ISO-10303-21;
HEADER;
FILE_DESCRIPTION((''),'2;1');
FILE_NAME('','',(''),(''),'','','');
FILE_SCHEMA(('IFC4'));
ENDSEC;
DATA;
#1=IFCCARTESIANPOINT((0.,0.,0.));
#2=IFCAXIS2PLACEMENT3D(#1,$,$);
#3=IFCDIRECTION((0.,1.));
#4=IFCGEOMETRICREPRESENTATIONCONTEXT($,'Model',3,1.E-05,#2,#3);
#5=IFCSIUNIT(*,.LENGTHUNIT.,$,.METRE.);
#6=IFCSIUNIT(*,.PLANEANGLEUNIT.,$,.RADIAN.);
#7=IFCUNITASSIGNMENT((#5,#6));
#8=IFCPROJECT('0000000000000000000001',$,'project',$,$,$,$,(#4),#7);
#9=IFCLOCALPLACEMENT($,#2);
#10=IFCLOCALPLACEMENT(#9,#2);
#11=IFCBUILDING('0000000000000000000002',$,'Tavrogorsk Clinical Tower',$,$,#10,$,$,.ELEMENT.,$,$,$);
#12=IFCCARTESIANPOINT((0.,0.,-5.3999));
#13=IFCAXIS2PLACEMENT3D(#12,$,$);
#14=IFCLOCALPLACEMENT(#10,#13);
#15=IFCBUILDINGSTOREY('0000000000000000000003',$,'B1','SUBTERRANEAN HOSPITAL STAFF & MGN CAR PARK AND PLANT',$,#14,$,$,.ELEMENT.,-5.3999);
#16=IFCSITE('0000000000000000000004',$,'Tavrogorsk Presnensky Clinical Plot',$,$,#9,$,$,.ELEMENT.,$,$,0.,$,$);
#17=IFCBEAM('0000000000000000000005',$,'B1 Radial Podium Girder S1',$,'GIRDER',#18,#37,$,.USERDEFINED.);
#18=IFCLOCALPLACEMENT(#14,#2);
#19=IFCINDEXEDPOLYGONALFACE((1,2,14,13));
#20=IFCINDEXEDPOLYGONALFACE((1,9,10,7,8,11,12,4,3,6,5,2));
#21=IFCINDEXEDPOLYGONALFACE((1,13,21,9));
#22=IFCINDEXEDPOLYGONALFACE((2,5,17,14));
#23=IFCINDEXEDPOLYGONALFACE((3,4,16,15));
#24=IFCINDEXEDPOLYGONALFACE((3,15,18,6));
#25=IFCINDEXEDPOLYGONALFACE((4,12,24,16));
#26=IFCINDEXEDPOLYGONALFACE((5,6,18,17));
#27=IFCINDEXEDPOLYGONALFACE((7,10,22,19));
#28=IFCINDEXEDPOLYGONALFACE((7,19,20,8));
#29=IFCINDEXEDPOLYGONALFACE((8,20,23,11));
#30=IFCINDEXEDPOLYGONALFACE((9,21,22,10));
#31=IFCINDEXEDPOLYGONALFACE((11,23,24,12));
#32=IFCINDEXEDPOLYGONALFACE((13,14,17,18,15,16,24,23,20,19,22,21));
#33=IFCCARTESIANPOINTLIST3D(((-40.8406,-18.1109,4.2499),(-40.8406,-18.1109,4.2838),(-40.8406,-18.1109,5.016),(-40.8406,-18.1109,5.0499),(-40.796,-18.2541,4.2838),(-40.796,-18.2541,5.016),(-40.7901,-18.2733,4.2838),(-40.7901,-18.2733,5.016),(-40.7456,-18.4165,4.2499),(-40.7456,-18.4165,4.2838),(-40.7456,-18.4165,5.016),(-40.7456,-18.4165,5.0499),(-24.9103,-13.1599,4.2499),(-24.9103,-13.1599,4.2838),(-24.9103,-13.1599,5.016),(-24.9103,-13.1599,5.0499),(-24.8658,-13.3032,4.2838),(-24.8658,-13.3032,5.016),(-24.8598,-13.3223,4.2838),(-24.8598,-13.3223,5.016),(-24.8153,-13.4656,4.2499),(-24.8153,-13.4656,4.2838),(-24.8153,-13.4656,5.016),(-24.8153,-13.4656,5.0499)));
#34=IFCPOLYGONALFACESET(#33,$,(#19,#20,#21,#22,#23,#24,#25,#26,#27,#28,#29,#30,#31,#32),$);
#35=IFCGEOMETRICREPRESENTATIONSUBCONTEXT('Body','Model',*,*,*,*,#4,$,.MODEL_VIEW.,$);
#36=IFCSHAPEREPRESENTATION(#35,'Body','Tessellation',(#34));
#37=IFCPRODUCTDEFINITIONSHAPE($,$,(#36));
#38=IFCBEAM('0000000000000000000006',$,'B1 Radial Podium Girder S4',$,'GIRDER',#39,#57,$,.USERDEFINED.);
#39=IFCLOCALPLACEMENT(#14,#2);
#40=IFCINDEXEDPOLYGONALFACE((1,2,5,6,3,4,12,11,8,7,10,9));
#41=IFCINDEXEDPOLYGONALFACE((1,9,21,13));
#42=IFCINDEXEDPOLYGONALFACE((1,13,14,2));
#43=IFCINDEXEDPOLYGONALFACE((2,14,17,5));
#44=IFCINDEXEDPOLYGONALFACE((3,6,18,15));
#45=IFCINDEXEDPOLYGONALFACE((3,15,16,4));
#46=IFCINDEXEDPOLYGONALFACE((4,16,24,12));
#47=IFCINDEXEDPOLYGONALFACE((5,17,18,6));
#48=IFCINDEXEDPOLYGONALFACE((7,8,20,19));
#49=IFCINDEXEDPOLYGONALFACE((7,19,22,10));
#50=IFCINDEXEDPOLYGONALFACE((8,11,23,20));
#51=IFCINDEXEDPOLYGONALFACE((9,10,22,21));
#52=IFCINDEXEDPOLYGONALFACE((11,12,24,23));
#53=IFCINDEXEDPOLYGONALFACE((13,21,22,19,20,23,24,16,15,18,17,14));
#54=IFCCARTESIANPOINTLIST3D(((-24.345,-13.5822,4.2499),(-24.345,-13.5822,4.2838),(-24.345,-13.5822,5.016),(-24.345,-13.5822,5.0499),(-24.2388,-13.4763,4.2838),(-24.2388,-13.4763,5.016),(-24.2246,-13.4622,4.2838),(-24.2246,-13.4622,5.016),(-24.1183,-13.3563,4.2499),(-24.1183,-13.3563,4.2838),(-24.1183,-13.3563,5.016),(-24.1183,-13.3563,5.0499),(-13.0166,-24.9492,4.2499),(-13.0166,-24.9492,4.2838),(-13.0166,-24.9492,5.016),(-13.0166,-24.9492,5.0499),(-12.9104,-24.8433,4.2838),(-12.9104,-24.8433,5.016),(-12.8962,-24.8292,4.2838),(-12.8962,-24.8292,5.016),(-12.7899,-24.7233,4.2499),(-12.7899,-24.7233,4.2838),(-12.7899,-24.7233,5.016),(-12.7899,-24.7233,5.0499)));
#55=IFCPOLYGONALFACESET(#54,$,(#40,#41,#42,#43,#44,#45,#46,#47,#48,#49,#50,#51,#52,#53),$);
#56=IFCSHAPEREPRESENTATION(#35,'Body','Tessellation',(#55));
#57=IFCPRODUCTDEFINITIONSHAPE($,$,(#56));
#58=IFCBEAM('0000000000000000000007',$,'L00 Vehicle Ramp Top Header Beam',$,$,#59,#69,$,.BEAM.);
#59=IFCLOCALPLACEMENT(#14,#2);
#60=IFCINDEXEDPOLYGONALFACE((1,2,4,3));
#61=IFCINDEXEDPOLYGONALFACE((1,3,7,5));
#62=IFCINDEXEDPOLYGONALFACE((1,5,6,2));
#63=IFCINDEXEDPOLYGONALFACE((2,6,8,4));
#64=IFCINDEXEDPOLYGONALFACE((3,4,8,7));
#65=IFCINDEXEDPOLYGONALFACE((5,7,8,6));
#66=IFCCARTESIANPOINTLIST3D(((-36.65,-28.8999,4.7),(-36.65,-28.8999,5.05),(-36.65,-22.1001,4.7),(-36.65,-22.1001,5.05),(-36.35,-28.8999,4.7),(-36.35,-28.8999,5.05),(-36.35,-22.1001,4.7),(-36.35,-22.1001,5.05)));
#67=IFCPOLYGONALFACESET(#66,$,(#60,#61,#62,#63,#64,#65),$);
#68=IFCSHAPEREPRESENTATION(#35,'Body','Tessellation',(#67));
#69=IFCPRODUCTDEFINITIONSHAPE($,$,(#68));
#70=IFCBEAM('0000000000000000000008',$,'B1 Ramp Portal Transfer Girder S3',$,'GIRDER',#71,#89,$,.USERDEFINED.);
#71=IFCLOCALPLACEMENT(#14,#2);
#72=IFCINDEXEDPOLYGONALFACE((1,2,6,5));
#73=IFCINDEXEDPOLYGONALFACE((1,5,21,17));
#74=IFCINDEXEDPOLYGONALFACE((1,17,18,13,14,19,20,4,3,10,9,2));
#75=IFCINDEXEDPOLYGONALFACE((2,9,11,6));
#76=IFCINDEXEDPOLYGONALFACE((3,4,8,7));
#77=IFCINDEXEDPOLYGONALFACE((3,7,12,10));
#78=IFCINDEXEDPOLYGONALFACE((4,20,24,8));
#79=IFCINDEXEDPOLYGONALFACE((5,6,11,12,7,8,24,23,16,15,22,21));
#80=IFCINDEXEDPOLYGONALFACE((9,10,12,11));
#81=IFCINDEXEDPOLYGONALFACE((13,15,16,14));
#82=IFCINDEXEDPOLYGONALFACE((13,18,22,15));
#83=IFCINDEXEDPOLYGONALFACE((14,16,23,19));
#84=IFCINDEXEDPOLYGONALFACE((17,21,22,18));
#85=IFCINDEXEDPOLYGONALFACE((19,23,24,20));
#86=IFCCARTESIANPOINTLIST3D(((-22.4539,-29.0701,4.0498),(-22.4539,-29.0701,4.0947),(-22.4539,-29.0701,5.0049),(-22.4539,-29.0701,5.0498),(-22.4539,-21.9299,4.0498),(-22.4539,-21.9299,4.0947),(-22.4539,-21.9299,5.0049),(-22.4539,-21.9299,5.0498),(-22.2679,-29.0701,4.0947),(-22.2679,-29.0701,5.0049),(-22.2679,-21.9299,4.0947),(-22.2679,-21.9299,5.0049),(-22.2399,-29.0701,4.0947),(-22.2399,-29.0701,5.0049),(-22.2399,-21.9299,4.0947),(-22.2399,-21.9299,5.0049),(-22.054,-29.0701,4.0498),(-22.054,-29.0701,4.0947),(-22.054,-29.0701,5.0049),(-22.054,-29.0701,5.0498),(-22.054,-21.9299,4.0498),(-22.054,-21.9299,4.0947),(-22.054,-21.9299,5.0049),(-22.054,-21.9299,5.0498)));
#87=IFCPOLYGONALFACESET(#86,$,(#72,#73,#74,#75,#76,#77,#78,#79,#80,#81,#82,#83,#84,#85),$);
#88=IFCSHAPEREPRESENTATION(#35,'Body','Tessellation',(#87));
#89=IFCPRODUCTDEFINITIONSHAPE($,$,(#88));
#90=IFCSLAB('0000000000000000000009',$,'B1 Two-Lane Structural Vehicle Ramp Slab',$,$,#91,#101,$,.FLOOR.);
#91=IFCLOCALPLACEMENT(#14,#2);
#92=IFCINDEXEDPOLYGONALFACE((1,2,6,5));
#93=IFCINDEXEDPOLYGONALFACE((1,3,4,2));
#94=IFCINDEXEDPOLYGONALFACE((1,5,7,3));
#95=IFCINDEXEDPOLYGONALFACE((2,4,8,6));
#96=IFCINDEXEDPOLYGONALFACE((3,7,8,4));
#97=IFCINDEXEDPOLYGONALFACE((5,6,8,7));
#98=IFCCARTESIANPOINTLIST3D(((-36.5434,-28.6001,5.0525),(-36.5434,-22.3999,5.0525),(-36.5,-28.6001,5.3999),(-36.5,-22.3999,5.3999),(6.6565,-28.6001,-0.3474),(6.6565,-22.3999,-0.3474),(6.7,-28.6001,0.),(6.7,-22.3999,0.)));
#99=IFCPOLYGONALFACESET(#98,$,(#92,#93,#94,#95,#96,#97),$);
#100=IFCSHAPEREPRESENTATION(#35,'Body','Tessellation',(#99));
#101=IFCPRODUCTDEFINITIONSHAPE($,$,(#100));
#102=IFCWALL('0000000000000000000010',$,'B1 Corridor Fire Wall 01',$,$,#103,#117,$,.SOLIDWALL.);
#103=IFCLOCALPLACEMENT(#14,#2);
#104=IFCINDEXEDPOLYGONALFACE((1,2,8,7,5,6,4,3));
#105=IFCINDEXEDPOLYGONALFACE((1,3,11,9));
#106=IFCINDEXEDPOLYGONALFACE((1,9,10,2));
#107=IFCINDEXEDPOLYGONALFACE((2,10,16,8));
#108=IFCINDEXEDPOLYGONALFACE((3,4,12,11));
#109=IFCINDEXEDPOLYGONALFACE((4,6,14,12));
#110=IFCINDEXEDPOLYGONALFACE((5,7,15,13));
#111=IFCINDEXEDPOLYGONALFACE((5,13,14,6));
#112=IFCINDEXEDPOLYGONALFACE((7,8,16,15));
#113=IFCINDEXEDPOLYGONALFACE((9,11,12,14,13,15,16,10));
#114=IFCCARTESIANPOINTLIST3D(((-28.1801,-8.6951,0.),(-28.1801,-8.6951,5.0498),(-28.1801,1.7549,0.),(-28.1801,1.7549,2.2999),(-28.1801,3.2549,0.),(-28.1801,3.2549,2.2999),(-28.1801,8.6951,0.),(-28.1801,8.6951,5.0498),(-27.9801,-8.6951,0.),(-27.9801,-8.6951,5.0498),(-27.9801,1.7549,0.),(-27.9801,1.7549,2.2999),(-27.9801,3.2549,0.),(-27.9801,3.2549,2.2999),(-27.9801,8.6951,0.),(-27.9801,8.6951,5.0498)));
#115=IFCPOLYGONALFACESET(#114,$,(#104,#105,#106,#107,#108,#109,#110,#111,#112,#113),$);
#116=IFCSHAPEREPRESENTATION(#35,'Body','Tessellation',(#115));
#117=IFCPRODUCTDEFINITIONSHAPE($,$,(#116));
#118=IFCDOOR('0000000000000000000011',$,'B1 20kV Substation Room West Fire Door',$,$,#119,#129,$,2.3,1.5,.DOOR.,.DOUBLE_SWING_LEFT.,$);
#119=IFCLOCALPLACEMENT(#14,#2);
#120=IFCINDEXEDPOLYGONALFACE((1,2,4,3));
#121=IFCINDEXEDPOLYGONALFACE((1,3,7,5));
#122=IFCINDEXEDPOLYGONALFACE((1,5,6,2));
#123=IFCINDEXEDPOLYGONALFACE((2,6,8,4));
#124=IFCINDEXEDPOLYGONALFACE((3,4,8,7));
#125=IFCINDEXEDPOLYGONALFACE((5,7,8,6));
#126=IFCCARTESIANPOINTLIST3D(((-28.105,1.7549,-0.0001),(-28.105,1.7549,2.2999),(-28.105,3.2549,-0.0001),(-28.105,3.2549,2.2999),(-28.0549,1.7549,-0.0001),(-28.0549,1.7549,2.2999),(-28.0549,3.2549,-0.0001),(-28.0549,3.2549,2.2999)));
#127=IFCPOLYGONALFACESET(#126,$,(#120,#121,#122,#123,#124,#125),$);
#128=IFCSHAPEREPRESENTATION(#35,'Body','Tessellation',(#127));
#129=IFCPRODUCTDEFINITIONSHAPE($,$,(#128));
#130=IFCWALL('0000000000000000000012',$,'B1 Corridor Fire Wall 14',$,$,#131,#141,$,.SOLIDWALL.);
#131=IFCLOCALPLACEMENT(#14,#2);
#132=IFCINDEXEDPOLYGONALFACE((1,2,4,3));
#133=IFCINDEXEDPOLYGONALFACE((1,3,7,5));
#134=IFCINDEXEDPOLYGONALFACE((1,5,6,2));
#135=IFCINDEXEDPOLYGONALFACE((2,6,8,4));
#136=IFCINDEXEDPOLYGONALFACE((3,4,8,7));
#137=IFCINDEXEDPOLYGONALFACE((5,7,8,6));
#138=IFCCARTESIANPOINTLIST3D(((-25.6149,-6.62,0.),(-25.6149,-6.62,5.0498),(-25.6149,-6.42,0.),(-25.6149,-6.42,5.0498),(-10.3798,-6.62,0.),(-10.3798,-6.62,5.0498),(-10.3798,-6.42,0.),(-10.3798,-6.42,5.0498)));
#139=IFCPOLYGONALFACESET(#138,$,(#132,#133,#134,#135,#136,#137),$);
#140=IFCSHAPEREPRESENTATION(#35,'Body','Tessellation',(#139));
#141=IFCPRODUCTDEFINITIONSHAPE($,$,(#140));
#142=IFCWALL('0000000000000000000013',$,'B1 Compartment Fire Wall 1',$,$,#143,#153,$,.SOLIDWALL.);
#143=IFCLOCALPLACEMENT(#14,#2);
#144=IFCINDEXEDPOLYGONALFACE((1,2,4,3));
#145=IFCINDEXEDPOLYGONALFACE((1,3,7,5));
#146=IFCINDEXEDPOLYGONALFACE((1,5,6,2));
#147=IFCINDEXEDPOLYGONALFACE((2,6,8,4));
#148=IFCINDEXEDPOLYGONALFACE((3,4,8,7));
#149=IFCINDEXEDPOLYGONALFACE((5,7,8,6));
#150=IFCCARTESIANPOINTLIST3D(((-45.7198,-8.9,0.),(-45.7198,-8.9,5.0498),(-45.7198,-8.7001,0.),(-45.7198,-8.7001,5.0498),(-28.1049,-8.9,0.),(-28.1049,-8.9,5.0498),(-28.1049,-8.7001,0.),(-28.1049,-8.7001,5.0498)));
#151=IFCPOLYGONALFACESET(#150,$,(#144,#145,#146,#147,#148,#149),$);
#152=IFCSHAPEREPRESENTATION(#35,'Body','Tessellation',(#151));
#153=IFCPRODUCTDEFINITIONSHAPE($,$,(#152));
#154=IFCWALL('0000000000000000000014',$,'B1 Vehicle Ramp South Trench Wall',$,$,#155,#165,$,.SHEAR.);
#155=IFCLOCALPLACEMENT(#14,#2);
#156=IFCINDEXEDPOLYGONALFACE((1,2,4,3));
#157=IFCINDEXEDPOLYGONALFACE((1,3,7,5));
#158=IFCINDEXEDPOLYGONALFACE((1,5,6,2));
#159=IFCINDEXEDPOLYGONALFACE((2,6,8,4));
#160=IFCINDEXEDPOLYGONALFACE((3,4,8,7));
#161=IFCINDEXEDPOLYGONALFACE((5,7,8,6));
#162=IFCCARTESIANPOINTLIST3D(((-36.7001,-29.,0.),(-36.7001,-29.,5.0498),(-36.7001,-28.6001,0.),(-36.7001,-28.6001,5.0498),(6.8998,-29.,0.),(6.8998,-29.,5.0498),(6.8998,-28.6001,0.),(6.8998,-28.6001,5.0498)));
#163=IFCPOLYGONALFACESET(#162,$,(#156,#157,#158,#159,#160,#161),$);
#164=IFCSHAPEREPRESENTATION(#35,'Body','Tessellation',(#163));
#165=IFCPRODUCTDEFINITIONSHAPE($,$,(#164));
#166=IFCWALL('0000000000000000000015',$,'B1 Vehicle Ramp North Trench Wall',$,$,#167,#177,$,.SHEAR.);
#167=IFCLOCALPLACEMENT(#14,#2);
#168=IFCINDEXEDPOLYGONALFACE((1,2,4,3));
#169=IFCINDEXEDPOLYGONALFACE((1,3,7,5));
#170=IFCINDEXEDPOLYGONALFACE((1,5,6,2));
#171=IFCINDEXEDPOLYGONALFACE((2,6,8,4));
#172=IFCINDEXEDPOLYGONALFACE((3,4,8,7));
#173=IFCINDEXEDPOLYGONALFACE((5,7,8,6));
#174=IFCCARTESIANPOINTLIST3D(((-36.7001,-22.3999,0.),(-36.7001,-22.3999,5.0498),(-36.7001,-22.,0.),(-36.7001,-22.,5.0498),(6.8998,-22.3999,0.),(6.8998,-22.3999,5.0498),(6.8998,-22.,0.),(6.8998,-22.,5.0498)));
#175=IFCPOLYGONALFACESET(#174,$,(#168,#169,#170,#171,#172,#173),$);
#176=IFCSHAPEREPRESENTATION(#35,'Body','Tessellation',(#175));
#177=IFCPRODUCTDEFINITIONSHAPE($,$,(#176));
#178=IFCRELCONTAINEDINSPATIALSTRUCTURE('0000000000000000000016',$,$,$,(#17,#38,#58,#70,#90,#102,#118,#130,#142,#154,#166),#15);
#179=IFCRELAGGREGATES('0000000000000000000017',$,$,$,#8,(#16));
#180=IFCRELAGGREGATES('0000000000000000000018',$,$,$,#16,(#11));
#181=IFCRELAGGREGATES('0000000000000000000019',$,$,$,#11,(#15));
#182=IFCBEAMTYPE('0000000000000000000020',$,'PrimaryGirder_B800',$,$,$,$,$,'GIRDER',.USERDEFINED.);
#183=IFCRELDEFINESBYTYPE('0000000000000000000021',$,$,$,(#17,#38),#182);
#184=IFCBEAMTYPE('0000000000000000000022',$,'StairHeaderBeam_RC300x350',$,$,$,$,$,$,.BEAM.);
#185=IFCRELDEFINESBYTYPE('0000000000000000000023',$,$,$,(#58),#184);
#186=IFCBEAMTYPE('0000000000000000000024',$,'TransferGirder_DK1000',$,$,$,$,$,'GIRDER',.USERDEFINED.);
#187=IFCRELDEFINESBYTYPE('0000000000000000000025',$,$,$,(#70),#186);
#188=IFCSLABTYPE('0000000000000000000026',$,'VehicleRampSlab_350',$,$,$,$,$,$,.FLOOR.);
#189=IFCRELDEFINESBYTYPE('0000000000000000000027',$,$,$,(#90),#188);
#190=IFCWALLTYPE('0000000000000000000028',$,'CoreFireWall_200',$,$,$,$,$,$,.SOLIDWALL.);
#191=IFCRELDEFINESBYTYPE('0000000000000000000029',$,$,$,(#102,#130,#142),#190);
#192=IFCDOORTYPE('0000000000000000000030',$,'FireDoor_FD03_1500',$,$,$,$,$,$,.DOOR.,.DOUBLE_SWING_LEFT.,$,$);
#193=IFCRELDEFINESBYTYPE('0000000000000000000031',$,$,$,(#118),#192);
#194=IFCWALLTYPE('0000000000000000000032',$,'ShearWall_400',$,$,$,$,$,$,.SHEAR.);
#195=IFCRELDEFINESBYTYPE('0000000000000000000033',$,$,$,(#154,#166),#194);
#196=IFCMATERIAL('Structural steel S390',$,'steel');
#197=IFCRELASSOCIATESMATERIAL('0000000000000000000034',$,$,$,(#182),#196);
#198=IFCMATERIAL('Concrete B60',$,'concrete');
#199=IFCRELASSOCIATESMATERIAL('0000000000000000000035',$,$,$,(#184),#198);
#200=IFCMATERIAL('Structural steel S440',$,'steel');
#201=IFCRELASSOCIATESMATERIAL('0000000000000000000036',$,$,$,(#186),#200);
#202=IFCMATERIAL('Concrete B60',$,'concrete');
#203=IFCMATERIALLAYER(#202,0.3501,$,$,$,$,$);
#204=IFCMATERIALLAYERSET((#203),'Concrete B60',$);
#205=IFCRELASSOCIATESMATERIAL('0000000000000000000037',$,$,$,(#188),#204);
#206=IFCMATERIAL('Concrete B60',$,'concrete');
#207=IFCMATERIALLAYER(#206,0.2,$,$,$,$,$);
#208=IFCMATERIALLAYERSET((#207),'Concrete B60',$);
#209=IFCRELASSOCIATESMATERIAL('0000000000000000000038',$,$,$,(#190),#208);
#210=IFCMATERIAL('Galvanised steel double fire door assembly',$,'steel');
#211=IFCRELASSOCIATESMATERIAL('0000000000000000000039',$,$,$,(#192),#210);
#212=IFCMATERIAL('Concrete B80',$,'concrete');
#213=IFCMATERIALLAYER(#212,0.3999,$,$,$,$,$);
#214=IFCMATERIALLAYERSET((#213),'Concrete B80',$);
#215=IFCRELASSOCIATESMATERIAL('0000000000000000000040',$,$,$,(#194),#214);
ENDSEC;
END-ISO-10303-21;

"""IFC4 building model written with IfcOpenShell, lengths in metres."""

from ifc_helpers import new_model, si_unit, direction, frame, frame_2d, origin, origin_2d, place, context, subcontext, project, spatial, polyline, rectangle, i_section, outline, extrude, material, layer, layer_set, material_profile, profile_set, type_object, element, fill, save


model = new_model("IFC4")

# Units and contexts
model_context = context("Model", 3, precision=1e-05, world=origin(), true_north=direction((0.0, 1.0)))
body_context = subcontext(model_context, "Body", "Model", "MODEL_VIEW")
ifc_project = project(units=[si_unit("LENGTHUNIT", "METRE"), si_unit("PLANEANGLEUNIT", "RADIAN")], contexts=[model_context])

# Site, building, storey
site_placement = place(None, origin())
site = spatial("IfcSite", under=ifc_project, at=site_placement, Name="Tavrogorsk Presnensky Clinical Plot", CompositionType="ELEMENT", RefElevation=0.0)
building_placement = place(site_placement, origin())
building = spatial("IfcBuilding", under=site, at=building_placement, Name="Tavrogorsk Clinical Tower", CompositionType="ELEMENT")
storey_placement = place(building_placement, frame((0.0, 0.0, -5.3999)))
storey = spatial("IfcBuildingStorey", under=building, at=storey_placement, Name="B1", Description="SUBTERRANEAN HOSPITAL STAFF & MGN CAR PARK AND PLANT", CompositionType="ELEMENT", Elevation=-5.3999)

# Beams
ifc_material_1 = material(Name="Structural steel S390", Category="steel")
ifc_material_profile_1 = material_profile(ifc_material_1, i_section(OverallWidth=0.3201, OverallDepth=0.8, WebThickness=0.02, FlangeThickness=0.0339, at=origin_2d()), Name="B-800x320x20x34")
ifc_profile_set_1 = profile_set([ifc_material_profile_1], Name="Structural steel S390")
beam_type_1 = type_object("IfcBeamType", Name="PrimaryGirder_B800", ElementType="GIRDER", PredefinedType="USERDEFINED", material=ifc_profile_set_1)
beam_1_placement = place(storey_placement, frame((-24.8628, -13.3127, 4.6499), z_axis=(-0.954944, -0.296786, 0.0), x_axis=(0.296786, -0.954944, 0.0)))
element("IfcBeam", 1, at=beam_1_placement, inside=storey, type_object=beam_type_1, Name="B1 Radial Podium Girder S1", ObjectType="GIRDER", PredefinedType="USERDEFINED", context=body_context, shape_type="SweptSolid", body=[
    extrude(i_section(OverallWidth=0.3201, OverallDepth=0.8, WebThickness=0.02, FlangeThickness=0.0339, at=origin_2d()), origin(), (0.0, 0.0, 1.0), 16.6819),
])
beam_2_placement = place(storey_placement, frame((-24.2317, -13.4692, 4.6499), z_axis=(0.705904, -0.708308, 0.0), x_axis=(0.708308, 0.705904, 0.0)))
element("IfcBeam", 2, at=beam_2_placement, inside=storey, type_object=beam_type_1, Name="B1 Radial Podium Girder S4", ObjectType="GIRDER", PredefinedType="USERDEFINED", context=body_context, shape_type="SweptSolid", body=[
    extrude(i_section(OverallWidth=0.3201, OverallDepth=0.8, WebThickness=0.02, FlangeThickness=0.0339, at=origin_2d()), origin(), (0.0, 0.0, 1.0), 16.0481),
])
ifc_material_2 = material(Name="Concrete B60", Category="concrete")
ifc_material_profile_2 = material_profile(ifc_material_2, rectangle(XDim=0.3, YDim=0.3501, at=origin_2d()), Name="RC-SHB-300x350")
ifc_profile_set_2 = profile_set([ifc_material_profile_2], Name="Concrete B60")
beam_type_2 = type_object("IfcBeamType", Name="StairHeaderBeam_RC300x350", PredefinedType="BEAM", material=ifc_profile_set_2)
beam_3_placement = place(storey_placement, frame((-36.5, -28.8999, 4.875), z_axis=(0.0, 1.0, 0.0), x_axis=(-1.0, 0.0, 0.0)))
element("IfcBeam", 3, at=beam_3_placement, inside=storey, type_object=beam_type_2, Name="L00 Vehicle Ramp Top Header Beam", PredefinedType="BEAM", context=body_context, shape_type="SweptSolid", body=[
    extrude(rectangle(XDim=0.3, YDim=0.3501, at=origin_2d()), origin(), (0.0, 0.0, 1.0), 6.7998),
])
ifc_material_3 = material(Name="Structural steel S440", Category="steel")
ifc_material_profile_3 = material_profile(ifc_material_3, i_section(OverallWidth=0.3999, OverallDepth=1.0, WebThickness=0.0281, FlangeThickness=0.0449, at=origin_2d()), Name="DK-1000x400x28x45")
ifc_profile_set_3 = profile_set([ifc_material_profile_3], Name="Structural steel S440")
beam_type_3 = type_object("IfcBeamType", Name="TransferGirder_DK1000", ElementType="GIRDER", PredefinedType="USERDEFINED", material=ifc_profile_set_3)
beam_4_placement = place(storey_placement, frame((-22.2539, -29.0701, 4.5498), z_axis=(0.0, 1.0, 0.0), x_axis=(-1.0, 0.0, 0.0)))
element("IfcBeam", 4, at=beam_4_placement, inside=storey, type_object=beam_type_3, Name="B1 Ramp Portal Transfer Girder S3", ObjectType="GIRDER", PredefinedType="USERDEFINED", context=body_context, shape_type="SweptSolid", body=[
    extrude(i_section(OverallWidth=0.3999, OverallDepth=1.0, WebThickness=0.0281, FlangeThickness=0.0449, at=origin_2d()), origin(), (0.0, 0.0, 1.0), 7.1401),
])

# Slab
ifc_material_4 = material(Name="Concrete B60", Category="concrete")
ifc_layer_1 = layer(ifc_material_4, 0.3501)
ifc_layer_set_1 = layer_set([ifc_layer_1], Name="Concrete B60")
slab_type = type_object("IfcSlabType", Name="VehicleRampSlab_350", PredefinedType="FLOOR", material=ifc_layer_set_1)
slab_placement = place(storey_placement, frame((-36.5, -28.6001, 5.3999), z_axis=(0.124033, 0.0, 0.992278), x_axis=(0.992278, 0.0, -0.124033)))
element("IfcSlab", 5, at=slab_placement, inside=storey, type_object=slab_type, Name="B1 Two-Lane Structural Vehicle Ramp Slab", PredefinedType="FLOOR", context=body_context, shape_type="SweptSolid", body=[
    extrude(outline(polyline([(0.0, 0.0), (43.5361, 0.0), (43.5361, 6.2002), (0.0, 6.2002), (0.0, 0.0)])), origin(), (0.0, 0.0, -1.0), 0.3501),
])

# Wall, opening, door
ifc_material_5 = material(Name="Concrete B60", Category="concrete")
ifc_layer_2 = layer(ifc_material_5, 0.2)
ifc_layer_set_2 = layer_set([ifc_layer_2], Name="Concrete B60")
wall_type_1 = type_object("IfcWallType", Name="CoreFireWall_200", PredefinedType="SOLIDWALL", material=ifc_layer_set_2)
wall_1_placement = place(storey_placement, frame((-28.0801, -8.6951, 0.0), z_axis=(0.0, 0.0, 1.0), x_axis=(0.0, 1.0, 0.0)))
wall_1 = element("IfcWall", 6, at=wall_1_placement, inside=storey, type_object=wall_type_1, Name="B1 Corridor Fire Wall 01", PredefinedType="SOLIDWALL", context=body_context, shape_type="SweptSolid", body=[
    extrude(rectangle(XDim=17.3901, YDim=0.2, at=frame_2d((8.6951, 0.0))), origin(), (0.0, 0.0, 1.0), 5.0498),
])
opening_placement = place(wall_1_placement, frame((10.45, 0.0, 0.0)))
opening = element("IfcOpeningElement", 7, at=opening_placement, cuts=wall_1, PredefinedType="OPENING", context=body_context, shape_type="SweptSolid", body=[
    extrude(rectangle(XDim=1.5, YDim=2.3, at=frame_2d((0.75, 1.1499))), frame((0.0, 0.1099, 0.0), z_axis=(0.0, -1.0, 0.0), x_axis=(1.0, 0.0, 0.0)), (0.0, 0.0, 1.0), 0.22),
])
ifc_material_6 = material(Name="Galvanised steel double fire door assembly", Category="steel")
door_type = type_object("IfcDoorType", Name="FireDoor_FD03_1500", OperationType="DOUBLE_SWING_LEFT", PredefinedType="DOOR", material=ifc_material_6)
door_placement = place(opening_placement, origin())
door = element("IfcDoor", 8, at=door_placement, inside=storey, type_object=door_type, Name="B1 20kV Substation Room West Fire Door", OperationType="DOUBLE_SWING_LEFT", OverallHeight=2.3, OverallWidth=1.5, PredefinedType="DOOR", context=body_context, shape_type="SweptSolid", body=[
    extrude(rectangle(XDim=1.5, YDim=2.3, at=frame_2d((0.75, 1.1499))), frame((0.0, 0.0249, 0.0), z_axis=(0.0, -1.0, 0.0), x_axis=(1.0, 0.0, 0.0)), (0.0, 0.0, 1.0), 0.05),
])
fill(opening, door)

# Walls
wall_2_placement = place(storey_placement, frame((-25.615, -6.52, 0.0), z_axis=(0.0, 0.0, 1.0), x_axis=(1.0, 0.0, 0.0)))
element("IfcWall", 9, at=wall_2_placement, inside=storey, type_object=wall_type_1, Name="B1 Corridor Fire Wall 14", PredefinedType="SOLIDWALL", context=body_context, shape_type="SweptSolid", body=[
    extrude(rectangle(XDim=15.2351, YDim=0.2, at=frame_2d((7.6177, 0.0))), origin(), (0.0, 0.0, 1.0), 5.0498),
])
wall_3_placement = place(storey_placement, frame((-45.72, -8.8, 0.0), z_axis=(0.0, 0.0, 1.0), x_axis=(1.0, 0.0, 0.0)))
element("IfcWall", 10, at=wall_3_placement, inside=storey, type_object=wall_type_1, Name="B1 Compartment Fire Wall 1", PredefinedType="SOLIDWALL", context=body_context, shape_type="SweptSolid", body=[
    extrude(rectangle(XDim=17.615, YDim=0.2, at=frame_2d((8.8076, 0.0))), origin(), (0.0, 0.0, 1.0), 5.0498),
])
ifc_material_7 = material(Name="Concrete B80", Category="concrete")
ifc_layer_3 = layer(ifc_material_7, 0.3999)
ifc_layer_set_3 = layer_set([ifc_layer_3], Name="Concrete B80")
wall_type_2 = type_object("IfcWallType", Name="ShearWall_400", PredefinedType="SHEAR", material=ifc_layer_set_3)
for number, where, z_axis, x_axis, name in (
    (11, (-36.7, -28.8, 0.0), (0.0, 0.0, 1.0), (1.0, 0.0, 0.0), "B1 Vehicle Ramp South Trench Wall"),
    (12, (-36.7, -22.2, 0.0), (0.0, 0.0, 1.0), (1.0, 0.0, 0.0), "B1 Vehicle Ramp North Trench Wall"),
):
    element("IfcWall", number, at=place(storey_placement, frame(where, z_axis=z_axis, x_axis=x_axis)), inside=storey, type_object=wall_type_2, Name=name, PredefinedType="SHEAR", context=body_context, shape_type="SweptSolid", body=[
        extrude(rectangle(XDim=43.5999, YDim=0.3999, at=frame_2d((21.7998, 0.0))), origin(), (0.0, 0.0, 1.0), 5.0498),
    ])

save(model, "model.ifc")
